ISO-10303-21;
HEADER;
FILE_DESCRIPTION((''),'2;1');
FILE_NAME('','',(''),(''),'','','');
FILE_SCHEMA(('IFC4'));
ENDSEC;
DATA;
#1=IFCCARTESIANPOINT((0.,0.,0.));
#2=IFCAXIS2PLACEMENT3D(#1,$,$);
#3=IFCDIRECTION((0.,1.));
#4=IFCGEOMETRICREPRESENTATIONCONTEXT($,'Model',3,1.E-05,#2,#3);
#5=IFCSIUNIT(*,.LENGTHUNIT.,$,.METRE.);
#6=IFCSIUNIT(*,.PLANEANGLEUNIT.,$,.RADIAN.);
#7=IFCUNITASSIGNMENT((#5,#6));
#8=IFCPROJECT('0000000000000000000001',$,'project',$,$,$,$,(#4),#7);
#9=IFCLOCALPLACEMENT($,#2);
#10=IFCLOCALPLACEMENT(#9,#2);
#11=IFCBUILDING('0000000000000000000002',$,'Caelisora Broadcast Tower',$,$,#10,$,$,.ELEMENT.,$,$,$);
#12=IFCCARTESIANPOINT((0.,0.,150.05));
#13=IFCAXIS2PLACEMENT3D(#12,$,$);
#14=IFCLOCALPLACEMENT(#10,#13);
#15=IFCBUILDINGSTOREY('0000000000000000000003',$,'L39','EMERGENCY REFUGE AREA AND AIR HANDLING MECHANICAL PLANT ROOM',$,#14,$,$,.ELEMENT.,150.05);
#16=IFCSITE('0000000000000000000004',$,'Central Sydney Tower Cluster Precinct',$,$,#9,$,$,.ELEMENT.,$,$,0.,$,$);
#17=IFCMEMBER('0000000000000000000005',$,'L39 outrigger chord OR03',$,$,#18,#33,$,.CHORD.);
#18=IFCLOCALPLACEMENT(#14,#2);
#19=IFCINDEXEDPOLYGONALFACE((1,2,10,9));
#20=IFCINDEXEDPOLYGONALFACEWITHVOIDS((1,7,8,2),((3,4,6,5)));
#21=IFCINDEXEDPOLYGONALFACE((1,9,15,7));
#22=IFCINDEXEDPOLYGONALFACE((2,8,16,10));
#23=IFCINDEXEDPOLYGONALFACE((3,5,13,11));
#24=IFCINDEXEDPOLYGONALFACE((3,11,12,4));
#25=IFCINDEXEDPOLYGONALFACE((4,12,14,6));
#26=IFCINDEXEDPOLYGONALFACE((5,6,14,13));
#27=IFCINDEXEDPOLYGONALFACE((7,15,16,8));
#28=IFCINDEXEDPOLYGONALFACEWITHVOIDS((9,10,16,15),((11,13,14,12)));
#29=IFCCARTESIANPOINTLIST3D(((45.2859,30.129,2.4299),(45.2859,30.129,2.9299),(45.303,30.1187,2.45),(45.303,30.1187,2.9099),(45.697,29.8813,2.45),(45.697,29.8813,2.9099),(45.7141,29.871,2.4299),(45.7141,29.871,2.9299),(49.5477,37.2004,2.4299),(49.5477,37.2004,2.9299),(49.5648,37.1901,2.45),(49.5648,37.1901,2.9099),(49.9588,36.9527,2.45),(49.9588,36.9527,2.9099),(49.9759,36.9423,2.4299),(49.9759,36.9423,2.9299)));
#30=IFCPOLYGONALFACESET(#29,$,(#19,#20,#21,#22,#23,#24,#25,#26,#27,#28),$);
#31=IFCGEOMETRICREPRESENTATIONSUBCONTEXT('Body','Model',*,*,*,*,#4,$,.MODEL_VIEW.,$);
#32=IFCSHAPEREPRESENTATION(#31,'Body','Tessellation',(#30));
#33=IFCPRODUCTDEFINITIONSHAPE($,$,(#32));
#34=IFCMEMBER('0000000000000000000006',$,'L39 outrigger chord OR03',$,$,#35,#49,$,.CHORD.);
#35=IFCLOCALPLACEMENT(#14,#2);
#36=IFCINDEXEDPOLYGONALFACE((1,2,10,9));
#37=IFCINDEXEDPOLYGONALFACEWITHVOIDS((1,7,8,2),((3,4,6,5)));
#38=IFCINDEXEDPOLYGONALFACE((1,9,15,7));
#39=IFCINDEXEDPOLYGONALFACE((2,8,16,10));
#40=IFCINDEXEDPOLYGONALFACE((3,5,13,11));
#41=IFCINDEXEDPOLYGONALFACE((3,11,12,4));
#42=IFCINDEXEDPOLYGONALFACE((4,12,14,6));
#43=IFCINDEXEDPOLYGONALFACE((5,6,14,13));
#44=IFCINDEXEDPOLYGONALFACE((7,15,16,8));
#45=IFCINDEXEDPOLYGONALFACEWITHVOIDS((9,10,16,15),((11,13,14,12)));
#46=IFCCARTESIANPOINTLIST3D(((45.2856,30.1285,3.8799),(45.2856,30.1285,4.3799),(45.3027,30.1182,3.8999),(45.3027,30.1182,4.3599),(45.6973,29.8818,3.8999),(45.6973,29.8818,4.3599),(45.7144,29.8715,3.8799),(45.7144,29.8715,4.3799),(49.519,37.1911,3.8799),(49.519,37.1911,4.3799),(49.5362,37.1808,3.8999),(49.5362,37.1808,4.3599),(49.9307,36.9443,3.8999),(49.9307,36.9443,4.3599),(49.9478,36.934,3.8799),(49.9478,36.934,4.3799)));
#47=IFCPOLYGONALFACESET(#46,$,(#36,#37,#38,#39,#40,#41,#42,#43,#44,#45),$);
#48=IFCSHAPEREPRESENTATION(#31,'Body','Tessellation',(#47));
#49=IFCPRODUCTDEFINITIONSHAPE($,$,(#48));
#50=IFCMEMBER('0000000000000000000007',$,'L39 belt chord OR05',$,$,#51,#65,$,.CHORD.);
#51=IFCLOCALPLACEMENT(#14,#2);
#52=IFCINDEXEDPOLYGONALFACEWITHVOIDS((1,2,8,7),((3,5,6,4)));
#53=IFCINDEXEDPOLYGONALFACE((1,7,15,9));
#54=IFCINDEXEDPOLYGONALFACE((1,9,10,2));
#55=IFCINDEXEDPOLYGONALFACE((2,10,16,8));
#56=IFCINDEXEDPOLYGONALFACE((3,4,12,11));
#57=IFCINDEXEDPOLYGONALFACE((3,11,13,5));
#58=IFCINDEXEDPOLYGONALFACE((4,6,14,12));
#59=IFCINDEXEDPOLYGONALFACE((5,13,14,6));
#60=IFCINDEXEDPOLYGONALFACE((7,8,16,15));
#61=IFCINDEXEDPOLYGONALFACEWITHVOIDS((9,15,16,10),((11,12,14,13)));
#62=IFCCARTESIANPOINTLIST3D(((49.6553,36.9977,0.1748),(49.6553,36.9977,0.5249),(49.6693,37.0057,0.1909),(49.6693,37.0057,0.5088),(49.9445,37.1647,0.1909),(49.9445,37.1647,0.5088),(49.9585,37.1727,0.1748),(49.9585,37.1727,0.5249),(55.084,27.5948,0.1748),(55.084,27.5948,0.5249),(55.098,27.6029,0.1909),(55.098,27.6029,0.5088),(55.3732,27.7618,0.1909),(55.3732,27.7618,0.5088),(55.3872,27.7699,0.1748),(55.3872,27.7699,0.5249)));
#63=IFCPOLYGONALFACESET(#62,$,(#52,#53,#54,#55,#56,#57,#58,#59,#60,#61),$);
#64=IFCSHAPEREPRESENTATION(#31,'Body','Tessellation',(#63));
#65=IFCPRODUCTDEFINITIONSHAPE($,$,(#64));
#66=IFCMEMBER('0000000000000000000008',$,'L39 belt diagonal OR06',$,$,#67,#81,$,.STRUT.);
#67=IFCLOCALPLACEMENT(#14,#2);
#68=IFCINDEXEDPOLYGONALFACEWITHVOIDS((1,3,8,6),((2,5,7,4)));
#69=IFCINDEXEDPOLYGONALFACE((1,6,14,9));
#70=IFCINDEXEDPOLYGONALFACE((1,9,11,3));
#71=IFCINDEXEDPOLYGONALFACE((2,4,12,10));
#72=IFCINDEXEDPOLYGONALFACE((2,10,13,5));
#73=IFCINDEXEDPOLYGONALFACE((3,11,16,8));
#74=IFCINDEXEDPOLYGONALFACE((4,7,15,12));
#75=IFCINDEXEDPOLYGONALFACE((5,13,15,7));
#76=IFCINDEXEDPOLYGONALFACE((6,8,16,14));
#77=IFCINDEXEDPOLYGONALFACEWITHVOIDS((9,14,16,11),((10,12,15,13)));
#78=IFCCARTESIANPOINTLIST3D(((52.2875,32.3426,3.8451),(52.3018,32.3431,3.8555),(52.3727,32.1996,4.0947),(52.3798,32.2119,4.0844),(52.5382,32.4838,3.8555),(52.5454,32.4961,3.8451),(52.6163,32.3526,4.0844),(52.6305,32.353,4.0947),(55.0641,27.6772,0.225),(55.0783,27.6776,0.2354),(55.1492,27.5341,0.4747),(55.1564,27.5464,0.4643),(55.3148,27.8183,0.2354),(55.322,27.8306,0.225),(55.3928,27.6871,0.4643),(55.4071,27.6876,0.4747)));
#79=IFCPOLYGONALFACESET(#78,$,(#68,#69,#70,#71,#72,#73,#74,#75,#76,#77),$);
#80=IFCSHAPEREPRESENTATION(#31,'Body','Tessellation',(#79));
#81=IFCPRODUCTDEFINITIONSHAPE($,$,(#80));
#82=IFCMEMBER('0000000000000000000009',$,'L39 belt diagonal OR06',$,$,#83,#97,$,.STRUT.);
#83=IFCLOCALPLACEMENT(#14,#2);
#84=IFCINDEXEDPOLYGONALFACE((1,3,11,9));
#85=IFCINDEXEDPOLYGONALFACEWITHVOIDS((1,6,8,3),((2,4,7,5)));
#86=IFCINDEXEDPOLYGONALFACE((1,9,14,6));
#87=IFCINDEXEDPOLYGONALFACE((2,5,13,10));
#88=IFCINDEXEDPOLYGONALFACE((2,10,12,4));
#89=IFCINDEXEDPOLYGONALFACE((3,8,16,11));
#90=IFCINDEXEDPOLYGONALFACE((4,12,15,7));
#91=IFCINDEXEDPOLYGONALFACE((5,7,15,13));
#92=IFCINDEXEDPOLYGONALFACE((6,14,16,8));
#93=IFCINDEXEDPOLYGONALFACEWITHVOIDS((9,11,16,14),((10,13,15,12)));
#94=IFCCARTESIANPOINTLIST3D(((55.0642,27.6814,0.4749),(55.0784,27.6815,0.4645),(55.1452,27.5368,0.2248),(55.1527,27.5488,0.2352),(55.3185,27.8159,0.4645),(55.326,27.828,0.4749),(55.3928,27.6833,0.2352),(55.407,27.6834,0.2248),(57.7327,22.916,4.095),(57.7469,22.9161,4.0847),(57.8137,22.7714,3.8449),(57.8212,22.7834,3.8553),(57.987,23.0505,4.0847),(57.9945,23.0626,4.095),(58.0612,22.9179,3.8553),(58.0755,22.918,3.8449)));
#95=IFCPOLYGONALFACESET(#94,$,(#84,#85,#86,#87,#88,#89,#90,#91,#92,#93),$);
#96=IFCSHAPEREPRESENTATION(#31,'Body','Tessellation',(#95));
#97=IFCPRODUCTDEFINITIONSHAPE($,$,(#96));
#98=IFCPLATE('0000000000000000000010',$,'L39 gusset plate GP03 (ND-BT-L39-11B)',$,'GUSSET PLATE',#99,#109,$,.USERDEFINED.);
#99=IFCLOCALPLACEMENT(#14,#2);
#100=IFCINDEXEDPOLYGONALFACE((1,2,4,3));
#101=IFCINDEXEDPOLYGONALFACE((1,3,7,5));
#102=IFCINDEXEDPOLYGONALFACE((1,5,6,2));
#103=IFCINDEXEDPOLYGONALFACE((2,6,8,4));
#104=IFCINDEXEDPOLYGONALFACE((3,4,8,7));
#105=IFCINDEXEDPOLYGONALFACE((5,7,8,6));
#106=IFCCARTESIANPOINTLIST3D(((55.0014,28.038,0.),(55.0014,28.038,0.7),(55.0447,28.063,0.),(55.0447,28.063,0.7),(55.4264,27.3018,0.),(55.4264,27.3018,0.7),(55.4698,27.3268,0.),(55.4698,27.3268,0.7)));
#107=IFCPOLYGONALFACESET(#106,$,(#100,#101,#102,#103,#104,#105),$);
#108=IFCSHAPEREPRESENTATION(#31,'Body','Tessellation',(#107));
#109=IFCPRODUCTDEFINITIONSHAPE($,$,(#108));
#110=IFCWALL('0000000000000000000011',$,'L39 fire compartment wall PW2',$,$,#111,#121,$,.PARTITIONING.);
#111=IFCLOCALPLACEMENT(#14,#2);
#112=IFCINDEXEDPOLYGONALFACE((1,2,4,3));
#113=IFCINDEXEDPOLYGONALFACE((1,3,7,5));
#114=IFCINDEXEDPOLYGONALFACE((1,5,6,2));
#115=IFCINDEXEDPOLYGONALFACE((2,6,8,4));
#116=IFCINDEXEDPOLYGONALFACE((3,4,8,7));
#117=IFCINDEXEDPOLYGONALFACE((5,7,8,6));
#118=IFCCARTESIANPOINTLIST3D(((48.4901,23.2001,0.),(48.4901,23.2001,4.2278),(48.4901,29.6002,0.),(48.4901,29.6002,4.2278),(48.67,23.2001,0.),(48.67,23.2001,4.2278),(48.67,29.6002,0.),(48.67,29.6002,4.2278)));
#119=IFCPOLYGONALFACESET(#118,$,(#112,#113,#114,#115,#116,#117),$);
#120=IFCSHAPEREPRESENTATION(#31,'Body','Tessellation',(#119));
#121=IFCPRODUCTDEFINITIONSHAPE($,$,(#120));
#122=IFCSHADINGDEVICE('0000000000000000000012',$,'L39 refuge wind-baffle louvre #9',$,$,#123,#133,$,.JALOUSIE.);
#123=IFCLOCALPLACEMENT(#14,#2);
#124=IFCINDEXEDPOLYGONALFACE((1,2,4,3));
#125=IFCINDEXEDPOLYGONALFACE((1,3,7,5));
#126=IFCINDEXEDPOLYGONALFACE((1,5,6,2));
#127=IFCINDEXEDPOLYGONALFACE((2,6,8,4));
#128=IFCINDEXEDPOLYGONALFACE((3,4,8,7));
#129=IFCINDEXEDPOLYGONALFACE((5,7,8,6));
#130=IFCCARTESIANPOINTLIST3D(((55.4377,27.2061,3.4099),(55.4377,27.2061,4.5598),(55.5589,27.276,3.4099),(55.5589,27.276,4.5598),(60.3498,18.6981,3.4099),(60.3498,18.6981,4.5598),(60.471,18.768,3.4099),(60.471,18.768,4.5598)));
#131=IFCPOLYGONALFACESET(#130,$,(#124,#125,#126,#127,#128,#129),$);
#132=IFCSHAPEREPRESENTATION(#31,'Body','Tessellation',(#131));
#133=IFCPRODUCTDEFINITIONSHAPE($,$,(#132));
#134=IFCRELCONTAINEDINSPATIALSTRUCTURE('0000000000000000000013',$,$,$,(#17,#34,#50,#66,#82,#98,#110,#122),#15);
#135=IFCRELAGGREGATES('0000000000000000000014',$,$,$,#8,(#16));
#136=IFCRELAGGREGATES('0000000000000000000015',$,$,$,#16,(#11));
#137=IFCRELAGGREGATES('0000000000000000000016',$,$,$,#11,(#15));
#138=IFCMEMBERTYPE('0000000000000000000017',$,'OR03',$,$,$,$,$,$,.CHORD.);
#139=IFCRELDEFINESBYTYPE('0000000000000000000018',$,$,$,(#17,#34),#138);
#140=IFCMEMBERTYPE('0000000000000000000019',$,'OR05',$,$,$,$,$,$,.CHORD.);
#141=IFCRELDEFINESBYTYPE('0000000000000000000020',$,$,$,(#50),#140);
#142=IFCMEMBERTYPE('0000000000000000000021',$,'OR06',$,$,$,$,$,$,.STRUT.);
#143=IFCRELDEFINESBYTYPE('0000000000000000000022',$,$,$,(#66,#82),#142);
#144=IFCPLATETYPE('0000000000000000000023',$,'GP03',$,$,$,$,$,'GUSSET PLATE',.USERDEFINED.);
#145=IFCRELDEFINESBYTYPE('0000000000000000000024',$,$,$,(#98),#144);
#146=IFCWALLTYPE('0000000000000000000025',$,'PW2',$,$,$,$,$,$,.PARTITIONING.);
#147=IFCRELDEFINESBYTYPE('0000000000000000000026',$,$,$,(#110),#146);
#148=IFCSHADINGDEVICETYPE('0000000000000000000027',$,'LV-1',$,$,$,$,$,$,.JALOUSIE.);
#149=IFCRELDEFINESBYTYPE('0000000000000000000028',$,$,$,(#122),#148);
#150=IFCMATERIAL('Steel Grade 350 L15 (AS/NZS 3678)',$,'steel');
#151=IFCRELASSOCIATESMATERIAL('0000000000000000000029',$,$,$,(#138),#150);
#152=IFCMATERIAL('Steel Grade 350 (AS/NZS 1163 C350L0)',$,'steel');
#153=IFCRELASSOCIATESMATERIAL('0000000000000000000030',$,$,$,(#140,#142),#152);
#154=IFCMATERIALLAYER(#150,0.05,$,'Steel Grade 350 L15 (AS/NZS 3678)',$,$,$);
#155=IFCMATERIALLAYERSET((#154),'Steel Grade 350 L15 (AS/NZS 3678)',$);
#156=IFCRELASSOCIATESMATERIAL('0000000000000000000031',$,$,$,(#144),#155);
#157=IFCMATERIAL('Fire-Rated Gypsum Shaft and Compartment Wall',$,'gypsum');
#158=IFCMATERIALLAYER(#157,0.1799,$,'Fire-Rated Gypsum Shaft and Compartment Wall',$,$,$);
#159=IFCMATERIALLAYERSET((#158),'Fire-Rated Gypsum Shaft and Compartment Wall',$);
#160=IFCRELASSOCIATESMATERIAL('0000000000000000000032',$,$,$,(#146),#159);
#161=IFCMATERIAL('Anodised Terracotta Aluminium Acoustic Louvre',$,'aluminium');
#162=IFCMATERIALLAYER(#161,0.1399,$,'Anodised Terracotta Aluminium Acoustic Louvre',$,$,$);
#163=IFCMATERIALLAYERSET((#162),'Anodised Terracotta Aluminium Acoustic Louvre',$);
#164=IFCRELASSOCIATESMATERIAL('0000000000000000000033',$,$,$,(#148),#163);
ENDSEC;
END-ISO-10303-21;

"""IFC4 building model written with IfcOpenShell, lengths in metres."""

from ifc_helpers import new_model, si_unit, direction, frame, frame_2d, origin, origin_2d, place, context, subcontext, project, spatial, rectangle, hollow_rectangle, extrude, source, transform, mapped, material, layer, layer_set, material_profile, profile_set, type_object, type_shapes, element, save


model = new_model("IFC4")

# Units and contexts
model_context = context("Model", 3, precision=1e-05, world=origin(), true_north=direction((0.0, 1.0)))
body_context = subcontext(model_context, "Body", "Model", "MODEL_VIEW")
ifc_project = project(units=[si_unit("LENGTHUNIT", "METRE"), si_unit("PLANEANGLEUNIT", "RADIAN")], contexts=[model_context])

# Site, building, storey
site_placement = place(None, origin())
site = spatial("IfcSite", under=ifc_project, at=site_placement, Name="Central Sydney Tower Cluster Precinct", CompositionType="ELEMENT", RefElevation=0.0)
building_placement = place(site_placement, origin())
building = spatial("IfcBuilding", under=site, at=building_placement, Name="Caelisora Broadcast Tower", CompositionType="ELEMENT")
storey_placement = place(building_placement, frame((0.0, 0.0, 150.05)))
storey = spatial("IfcBuildingStorey", under=building, at=storey_placement, Name="L39", Description="EMERGENCY REFUGE AREA AND AIR HANDLING MECHANICAL PLANT ROOM", CompositionType="ELEMENT", Elevation=150.05)

# Shared definitions
ifc_material_1 = material(Name="Steel Grade 350 L15 (AS/NZS 3678)", Category="steel")

# Members
ifc_material_profile_1 = material_profile(ifc_material_1, hollow_rectangle(XDim=0.5, YDim=0.5, WallThickness=0.02, at=origin_2d()), Name="Steel Grade 350 L15 (AS/NZS 3678)")
ifc_profile_set_1 = profile_set([ifc_material_profile_1], Name="Steel Grade 350 L15 (AS/NZS 3678)")
member_type_1 = type_object("IfcMemberType", Name="OR03", PredefinedType="CHORD", material=ifc_profile_set_1)
shared_shape_1 = source(origin(), body_context, "Body", "SweptSolid", [
    extrude(hollow_rectangle(XDim=0.5, YDim=0.5, WallThickness=0.02, at=origin_2d()), origin(), (0.0, 0.0, 1.0), 8.2563),
])
member_1_placement = place(storey_placement, frame((45.5, 30.0, 2.6799), z_axis=(0.516182, 0.856479, 0.0), x_axis=(-0.856479, 0.516182, 0.0)))
element("IfcMember", 1, at=member_1_placement, inside=storey, type_object=member_type_1, Name="L39 outrigger chord OR03", PredefinedType="CHORD", context=body_context, shape_type="MappedRepresentation", body=[
    mapped(shared_shape_1, transform((0.0, 0.0, 0.0), scale=1.0)),
])
shared_shape_2 = source(origin(), body_context, "Body", "SweptSolid", [
    extrude(hollow_rectangle(XDim=0.5, YDim=0.5, WallThickness=0.02, at=origin_2d()), origin(), (0.0, 0.0, 1.0), 8.2341),
])
type_shapes(member_type_1, [shared_shape_1, shared_shape_2])
member_2_placement = place(storey_placement, frame((45.5, 30.0, 4.1299), z_axis=(0.514129, 0.857713, 0.0), x_axis=(-0.857713, 0.514129, 0.0)))
element("IfcMember", 2, at=member_2_placement, inside=storey, type_object=member_type_1, Name="L39 outrigger chord OR03", PredefinedType="CHORD", context=body_context, shape_type="MappedRepresentation", body=[
    mapped(shared_shape_2, transform((0.0, 0.0, 0.0), scale=1.0)),
])
ifc_material_2 = material(Name="Steel Grade 350 (AS/NZS 1163 C350L0)", Category="steel")
ifc_material_profile_2 = material_profile(ifc_material_2, hollow_rectangle(XDim=0.3501, YDim=0.3501, WallThickness=0.0161, at=origin_2d()), Name="Steel Grade 350 (AS/NZS 1163 C350L0)")
ifc_profile_set_2 = profile_set([ifc_material_profile_2], Name="Steel Grade 350 (AS/NZS 1163 C350L0)")
member_type_2 = type_object("IfcMemberType", Name="OR05", PredefinedType="CHORD", material=ifc_profile_set_2)
shared_shape_3 = source(origin(), body_context, "Body", "SweptSolid", [
    extrude(hollow_rectangle(XDim=0.3501, YDim=0.3501, WallThickness=0.0161, at=origin_2d()), origin(), (0.0, 0.0, 1.0), 10.8574),
])
type_shapes(member_type_2, [shared_shape_3])
member_3_placement = place(storey_placement, frame((55.2356, 27.6824, 0.3499), z_axis=(-0.499999, 0.866026, 0.0), x_axis=(-0.866026, -0.499999, 0.0)))
element("IfcMember", 3, at=member_3_placement, inside=storey, type_object=member_type_2, Name="L39 belt chord OR05", PredefinedType="CHORD", context=body_context, shape_type="MappedRepresentation", body=[
    mapped(shared_shape_3, transform((0.0, 0.0, 0.0), scale=1.0)),
])
ifc_material_profile_3 = material_profile(ifc_material_2, hollow_rectangle(XDim=0.3, YDim=0.3, WallThickness=0.0125, at=origin_2d()), Name="Steel Grade 350 (AS/NZS 1163 C350L0)")
ifc_profile_set_3 = profile_set([ifc_material_profile_3], Name="Steel Grade 350 (AS/NZS 1163 C350L0)")
member_type_3 = type_object("IfcMemberType", Name="OR06", PredefinedType="STRUT", material=ifc_profile_set_3)
shared_shape_4 = source(origin(), body_context, "Body", "SweptSolid", [
    extrude(hollow_rectangle(XDim=0.3, YDim=0.3, WallThickness=0.0125, at=origin_2d()), origin(), (0.0, 0.0, 1.0), 6.5254),
])
member_4_placement = place(storey_placement, frame((55.2356, 27.6824, 0.3499), z_axis=(-0.425503, 0.71497, 0.554766), x_axis=(-0.859332, -0.511417, 0.0)))
element("IfcMember", 4, at=member_4_placement, inside=storey, type_object=member_type_3, Name="L39 belt diagonal OR06", PredefinedType="STRUT", context=body_context, shape_type="MappedRepresentation", body=[
    mapped(shared_shape_4, transform((0.0, 0.0, 0.0), scale=1.0)),
])
shared_shape_5 = source(origin(), body_context, "Body", "SweptSolid", [
    extrude(hollow_rectangle(XDim=0.3, YDim=0.3, WallThickness=0.0125, at=origin_2d()), origin(), (0.0, 0.0, 1.0), 6.5525),
])
type_shapes(member_type_3, [shared_shape_4, shared_shape_5])
member_5_placement = place(storey_placement, frame((55.2356, 27.6824, 0.3499), z_axis=(0.407245, -0.727266, 0.552482), x_axis=(0.872518, 0.488582, 0.0)))
element("IfcMember", 5, at=member_5_placement, inside=storey, type_object=member_type_3, Name="L39 belt diagonal OR06", PredefinedType="STRUT", context=body_context, shape_type="MappedRepresentation", body=[
    mapped(shared_shape_5, transform((0.0, 0.0, 0.0), scale=1.0)),
])

# Plate
ifc_layer_1 = layer(ifc_material_1, 0.05, Name="Steel Grade 350 L15 (AS/NZS 3678)")
ifc_layer_set_1 = layer_set([ifc_layer_1], Name="Steel Grade 350 L15 (AS/NZS 3678)")
plate_type = type_object("IfcPlateType", Name="GP03", ElementType="GUSSET PLATE", PredefinedType="USERDEFINED", material=ifc_layer_set_1)
shared_shape_6 = source(origin(), body_context, "Body", "SweptSolid", [
    extrude(rectangle(XDim=0.8501, YDim=0.05, at=origin_2d()), origin(), (0.0, 0.0, 1.0), 0.7),
])
type_shapes(plate_type, [shared_shape_6])
plate_placement = place(storey_placement, frame((55.2356, 27.6824, 0.0), z_axis=(0.0, 0.0, 1.0), x_axis=(-0.5, 0.866025, 0.0)))
element("IfcPlate", 6, at=plate_placement, inside=storey, type_object=plate_type, Name="L39 gusset plate GP03 (ND-BT-L39-11B)", ObjectType="GUSSET PLATE", PredefinedType="USERDEFINED", context=body_context, shape_type="MappedRepresentation", body=[
    mapped(shared_shape_6, transform((0.0, 0.0, 0.0), scale=1.0)),
])

# Wall
ifc_material_3 = material(Name="Fire-Rated Gypsum Shaft and Compartment Wall", Category="gypsum")
ifc_layer_2 = layer(ifc_material_3, 0.1799, Name="Fire-Rated Gypsum Shaft and Compartment Wall")
ifc_layer_set_2 = layer_set([ifc_layer_2], Name="Fire-Rated Gypsum Shaft and Compartment Wall")
wall_type = type_object("IfcWallType", Name="PW2", PredefinedType="PARTITIONING", material=ifc_layer_set_2)
wall_1_placement = place(storey_placement, frame((48.5801, 23.2, 0.0), z_axis=(0.0, 0.0, 1.0), x_axis=(0.0, 1.0, 0.0)))
element("IfcWall", 7, at=wall_1_placement, inside=storey, type_object=wall_type, Name="L39 fire compartment wall PW2", PredefinedType="PARTITIONING", context=body_context, shape_type="SweptSolid", body=[
    extrude(rectangle(XDim=6.4001, YDim=0.1799, at=frame_2d((3.2002, 0.0))), origin(), (0.0, 0.0, 1.0), 4.2278),
])

# Shading device
ifc_material_4 = material(Name="Anodised Terracotta Aluminium Acoustic Louvre", Category="aluminium")
ifc_layer_3 = layer(ifc_material_4, 0.1399, Name="Anodised Terracotta Aluminium Acoustic Louvre")
ifc_layer_set_3 = layer_set([ifc_layer_3], Name="Anodised Terracotta Aluminium Acoustic Louvre")
shading_device_type = type_object("IfcShadingDeviceType", Name="LV-1", PredefinedType="JALOUSIE", material=ifc_layer_set_3)
shared_shape_7 = source(origin(), body_context, "Body", "SweptSolid", [
    extrude(rectangle(XDim=9.8242, YDim=0.1399, at=origin_2d()), origin(), (0.0, 0.0, 1.0), 1.1499),
])
type_shapes(shading_device_type, [shared_shape_7])
shading_device_placement = place(storey_placement, frame((57.9543, 22.9871, 3.4099), z_axis=(0.0, 0.0, 1.0), x_axis=(-0.5, 0.866025, 0.0)))
element("IfcShadingDevice", 8, at=shading_device_placement, inside=storey, type_object=shading_device_type, Name="L39 refuge wind-baffle louvre #9", PredefinedType="JALOUSIE", context=body_context, shape_type="MappedRepresentation", body=[
    mapped(shared_shape_7, transform((0.0, 0.0, 0.0), scale=1.0)),
])

save(model, "model.ifc")
